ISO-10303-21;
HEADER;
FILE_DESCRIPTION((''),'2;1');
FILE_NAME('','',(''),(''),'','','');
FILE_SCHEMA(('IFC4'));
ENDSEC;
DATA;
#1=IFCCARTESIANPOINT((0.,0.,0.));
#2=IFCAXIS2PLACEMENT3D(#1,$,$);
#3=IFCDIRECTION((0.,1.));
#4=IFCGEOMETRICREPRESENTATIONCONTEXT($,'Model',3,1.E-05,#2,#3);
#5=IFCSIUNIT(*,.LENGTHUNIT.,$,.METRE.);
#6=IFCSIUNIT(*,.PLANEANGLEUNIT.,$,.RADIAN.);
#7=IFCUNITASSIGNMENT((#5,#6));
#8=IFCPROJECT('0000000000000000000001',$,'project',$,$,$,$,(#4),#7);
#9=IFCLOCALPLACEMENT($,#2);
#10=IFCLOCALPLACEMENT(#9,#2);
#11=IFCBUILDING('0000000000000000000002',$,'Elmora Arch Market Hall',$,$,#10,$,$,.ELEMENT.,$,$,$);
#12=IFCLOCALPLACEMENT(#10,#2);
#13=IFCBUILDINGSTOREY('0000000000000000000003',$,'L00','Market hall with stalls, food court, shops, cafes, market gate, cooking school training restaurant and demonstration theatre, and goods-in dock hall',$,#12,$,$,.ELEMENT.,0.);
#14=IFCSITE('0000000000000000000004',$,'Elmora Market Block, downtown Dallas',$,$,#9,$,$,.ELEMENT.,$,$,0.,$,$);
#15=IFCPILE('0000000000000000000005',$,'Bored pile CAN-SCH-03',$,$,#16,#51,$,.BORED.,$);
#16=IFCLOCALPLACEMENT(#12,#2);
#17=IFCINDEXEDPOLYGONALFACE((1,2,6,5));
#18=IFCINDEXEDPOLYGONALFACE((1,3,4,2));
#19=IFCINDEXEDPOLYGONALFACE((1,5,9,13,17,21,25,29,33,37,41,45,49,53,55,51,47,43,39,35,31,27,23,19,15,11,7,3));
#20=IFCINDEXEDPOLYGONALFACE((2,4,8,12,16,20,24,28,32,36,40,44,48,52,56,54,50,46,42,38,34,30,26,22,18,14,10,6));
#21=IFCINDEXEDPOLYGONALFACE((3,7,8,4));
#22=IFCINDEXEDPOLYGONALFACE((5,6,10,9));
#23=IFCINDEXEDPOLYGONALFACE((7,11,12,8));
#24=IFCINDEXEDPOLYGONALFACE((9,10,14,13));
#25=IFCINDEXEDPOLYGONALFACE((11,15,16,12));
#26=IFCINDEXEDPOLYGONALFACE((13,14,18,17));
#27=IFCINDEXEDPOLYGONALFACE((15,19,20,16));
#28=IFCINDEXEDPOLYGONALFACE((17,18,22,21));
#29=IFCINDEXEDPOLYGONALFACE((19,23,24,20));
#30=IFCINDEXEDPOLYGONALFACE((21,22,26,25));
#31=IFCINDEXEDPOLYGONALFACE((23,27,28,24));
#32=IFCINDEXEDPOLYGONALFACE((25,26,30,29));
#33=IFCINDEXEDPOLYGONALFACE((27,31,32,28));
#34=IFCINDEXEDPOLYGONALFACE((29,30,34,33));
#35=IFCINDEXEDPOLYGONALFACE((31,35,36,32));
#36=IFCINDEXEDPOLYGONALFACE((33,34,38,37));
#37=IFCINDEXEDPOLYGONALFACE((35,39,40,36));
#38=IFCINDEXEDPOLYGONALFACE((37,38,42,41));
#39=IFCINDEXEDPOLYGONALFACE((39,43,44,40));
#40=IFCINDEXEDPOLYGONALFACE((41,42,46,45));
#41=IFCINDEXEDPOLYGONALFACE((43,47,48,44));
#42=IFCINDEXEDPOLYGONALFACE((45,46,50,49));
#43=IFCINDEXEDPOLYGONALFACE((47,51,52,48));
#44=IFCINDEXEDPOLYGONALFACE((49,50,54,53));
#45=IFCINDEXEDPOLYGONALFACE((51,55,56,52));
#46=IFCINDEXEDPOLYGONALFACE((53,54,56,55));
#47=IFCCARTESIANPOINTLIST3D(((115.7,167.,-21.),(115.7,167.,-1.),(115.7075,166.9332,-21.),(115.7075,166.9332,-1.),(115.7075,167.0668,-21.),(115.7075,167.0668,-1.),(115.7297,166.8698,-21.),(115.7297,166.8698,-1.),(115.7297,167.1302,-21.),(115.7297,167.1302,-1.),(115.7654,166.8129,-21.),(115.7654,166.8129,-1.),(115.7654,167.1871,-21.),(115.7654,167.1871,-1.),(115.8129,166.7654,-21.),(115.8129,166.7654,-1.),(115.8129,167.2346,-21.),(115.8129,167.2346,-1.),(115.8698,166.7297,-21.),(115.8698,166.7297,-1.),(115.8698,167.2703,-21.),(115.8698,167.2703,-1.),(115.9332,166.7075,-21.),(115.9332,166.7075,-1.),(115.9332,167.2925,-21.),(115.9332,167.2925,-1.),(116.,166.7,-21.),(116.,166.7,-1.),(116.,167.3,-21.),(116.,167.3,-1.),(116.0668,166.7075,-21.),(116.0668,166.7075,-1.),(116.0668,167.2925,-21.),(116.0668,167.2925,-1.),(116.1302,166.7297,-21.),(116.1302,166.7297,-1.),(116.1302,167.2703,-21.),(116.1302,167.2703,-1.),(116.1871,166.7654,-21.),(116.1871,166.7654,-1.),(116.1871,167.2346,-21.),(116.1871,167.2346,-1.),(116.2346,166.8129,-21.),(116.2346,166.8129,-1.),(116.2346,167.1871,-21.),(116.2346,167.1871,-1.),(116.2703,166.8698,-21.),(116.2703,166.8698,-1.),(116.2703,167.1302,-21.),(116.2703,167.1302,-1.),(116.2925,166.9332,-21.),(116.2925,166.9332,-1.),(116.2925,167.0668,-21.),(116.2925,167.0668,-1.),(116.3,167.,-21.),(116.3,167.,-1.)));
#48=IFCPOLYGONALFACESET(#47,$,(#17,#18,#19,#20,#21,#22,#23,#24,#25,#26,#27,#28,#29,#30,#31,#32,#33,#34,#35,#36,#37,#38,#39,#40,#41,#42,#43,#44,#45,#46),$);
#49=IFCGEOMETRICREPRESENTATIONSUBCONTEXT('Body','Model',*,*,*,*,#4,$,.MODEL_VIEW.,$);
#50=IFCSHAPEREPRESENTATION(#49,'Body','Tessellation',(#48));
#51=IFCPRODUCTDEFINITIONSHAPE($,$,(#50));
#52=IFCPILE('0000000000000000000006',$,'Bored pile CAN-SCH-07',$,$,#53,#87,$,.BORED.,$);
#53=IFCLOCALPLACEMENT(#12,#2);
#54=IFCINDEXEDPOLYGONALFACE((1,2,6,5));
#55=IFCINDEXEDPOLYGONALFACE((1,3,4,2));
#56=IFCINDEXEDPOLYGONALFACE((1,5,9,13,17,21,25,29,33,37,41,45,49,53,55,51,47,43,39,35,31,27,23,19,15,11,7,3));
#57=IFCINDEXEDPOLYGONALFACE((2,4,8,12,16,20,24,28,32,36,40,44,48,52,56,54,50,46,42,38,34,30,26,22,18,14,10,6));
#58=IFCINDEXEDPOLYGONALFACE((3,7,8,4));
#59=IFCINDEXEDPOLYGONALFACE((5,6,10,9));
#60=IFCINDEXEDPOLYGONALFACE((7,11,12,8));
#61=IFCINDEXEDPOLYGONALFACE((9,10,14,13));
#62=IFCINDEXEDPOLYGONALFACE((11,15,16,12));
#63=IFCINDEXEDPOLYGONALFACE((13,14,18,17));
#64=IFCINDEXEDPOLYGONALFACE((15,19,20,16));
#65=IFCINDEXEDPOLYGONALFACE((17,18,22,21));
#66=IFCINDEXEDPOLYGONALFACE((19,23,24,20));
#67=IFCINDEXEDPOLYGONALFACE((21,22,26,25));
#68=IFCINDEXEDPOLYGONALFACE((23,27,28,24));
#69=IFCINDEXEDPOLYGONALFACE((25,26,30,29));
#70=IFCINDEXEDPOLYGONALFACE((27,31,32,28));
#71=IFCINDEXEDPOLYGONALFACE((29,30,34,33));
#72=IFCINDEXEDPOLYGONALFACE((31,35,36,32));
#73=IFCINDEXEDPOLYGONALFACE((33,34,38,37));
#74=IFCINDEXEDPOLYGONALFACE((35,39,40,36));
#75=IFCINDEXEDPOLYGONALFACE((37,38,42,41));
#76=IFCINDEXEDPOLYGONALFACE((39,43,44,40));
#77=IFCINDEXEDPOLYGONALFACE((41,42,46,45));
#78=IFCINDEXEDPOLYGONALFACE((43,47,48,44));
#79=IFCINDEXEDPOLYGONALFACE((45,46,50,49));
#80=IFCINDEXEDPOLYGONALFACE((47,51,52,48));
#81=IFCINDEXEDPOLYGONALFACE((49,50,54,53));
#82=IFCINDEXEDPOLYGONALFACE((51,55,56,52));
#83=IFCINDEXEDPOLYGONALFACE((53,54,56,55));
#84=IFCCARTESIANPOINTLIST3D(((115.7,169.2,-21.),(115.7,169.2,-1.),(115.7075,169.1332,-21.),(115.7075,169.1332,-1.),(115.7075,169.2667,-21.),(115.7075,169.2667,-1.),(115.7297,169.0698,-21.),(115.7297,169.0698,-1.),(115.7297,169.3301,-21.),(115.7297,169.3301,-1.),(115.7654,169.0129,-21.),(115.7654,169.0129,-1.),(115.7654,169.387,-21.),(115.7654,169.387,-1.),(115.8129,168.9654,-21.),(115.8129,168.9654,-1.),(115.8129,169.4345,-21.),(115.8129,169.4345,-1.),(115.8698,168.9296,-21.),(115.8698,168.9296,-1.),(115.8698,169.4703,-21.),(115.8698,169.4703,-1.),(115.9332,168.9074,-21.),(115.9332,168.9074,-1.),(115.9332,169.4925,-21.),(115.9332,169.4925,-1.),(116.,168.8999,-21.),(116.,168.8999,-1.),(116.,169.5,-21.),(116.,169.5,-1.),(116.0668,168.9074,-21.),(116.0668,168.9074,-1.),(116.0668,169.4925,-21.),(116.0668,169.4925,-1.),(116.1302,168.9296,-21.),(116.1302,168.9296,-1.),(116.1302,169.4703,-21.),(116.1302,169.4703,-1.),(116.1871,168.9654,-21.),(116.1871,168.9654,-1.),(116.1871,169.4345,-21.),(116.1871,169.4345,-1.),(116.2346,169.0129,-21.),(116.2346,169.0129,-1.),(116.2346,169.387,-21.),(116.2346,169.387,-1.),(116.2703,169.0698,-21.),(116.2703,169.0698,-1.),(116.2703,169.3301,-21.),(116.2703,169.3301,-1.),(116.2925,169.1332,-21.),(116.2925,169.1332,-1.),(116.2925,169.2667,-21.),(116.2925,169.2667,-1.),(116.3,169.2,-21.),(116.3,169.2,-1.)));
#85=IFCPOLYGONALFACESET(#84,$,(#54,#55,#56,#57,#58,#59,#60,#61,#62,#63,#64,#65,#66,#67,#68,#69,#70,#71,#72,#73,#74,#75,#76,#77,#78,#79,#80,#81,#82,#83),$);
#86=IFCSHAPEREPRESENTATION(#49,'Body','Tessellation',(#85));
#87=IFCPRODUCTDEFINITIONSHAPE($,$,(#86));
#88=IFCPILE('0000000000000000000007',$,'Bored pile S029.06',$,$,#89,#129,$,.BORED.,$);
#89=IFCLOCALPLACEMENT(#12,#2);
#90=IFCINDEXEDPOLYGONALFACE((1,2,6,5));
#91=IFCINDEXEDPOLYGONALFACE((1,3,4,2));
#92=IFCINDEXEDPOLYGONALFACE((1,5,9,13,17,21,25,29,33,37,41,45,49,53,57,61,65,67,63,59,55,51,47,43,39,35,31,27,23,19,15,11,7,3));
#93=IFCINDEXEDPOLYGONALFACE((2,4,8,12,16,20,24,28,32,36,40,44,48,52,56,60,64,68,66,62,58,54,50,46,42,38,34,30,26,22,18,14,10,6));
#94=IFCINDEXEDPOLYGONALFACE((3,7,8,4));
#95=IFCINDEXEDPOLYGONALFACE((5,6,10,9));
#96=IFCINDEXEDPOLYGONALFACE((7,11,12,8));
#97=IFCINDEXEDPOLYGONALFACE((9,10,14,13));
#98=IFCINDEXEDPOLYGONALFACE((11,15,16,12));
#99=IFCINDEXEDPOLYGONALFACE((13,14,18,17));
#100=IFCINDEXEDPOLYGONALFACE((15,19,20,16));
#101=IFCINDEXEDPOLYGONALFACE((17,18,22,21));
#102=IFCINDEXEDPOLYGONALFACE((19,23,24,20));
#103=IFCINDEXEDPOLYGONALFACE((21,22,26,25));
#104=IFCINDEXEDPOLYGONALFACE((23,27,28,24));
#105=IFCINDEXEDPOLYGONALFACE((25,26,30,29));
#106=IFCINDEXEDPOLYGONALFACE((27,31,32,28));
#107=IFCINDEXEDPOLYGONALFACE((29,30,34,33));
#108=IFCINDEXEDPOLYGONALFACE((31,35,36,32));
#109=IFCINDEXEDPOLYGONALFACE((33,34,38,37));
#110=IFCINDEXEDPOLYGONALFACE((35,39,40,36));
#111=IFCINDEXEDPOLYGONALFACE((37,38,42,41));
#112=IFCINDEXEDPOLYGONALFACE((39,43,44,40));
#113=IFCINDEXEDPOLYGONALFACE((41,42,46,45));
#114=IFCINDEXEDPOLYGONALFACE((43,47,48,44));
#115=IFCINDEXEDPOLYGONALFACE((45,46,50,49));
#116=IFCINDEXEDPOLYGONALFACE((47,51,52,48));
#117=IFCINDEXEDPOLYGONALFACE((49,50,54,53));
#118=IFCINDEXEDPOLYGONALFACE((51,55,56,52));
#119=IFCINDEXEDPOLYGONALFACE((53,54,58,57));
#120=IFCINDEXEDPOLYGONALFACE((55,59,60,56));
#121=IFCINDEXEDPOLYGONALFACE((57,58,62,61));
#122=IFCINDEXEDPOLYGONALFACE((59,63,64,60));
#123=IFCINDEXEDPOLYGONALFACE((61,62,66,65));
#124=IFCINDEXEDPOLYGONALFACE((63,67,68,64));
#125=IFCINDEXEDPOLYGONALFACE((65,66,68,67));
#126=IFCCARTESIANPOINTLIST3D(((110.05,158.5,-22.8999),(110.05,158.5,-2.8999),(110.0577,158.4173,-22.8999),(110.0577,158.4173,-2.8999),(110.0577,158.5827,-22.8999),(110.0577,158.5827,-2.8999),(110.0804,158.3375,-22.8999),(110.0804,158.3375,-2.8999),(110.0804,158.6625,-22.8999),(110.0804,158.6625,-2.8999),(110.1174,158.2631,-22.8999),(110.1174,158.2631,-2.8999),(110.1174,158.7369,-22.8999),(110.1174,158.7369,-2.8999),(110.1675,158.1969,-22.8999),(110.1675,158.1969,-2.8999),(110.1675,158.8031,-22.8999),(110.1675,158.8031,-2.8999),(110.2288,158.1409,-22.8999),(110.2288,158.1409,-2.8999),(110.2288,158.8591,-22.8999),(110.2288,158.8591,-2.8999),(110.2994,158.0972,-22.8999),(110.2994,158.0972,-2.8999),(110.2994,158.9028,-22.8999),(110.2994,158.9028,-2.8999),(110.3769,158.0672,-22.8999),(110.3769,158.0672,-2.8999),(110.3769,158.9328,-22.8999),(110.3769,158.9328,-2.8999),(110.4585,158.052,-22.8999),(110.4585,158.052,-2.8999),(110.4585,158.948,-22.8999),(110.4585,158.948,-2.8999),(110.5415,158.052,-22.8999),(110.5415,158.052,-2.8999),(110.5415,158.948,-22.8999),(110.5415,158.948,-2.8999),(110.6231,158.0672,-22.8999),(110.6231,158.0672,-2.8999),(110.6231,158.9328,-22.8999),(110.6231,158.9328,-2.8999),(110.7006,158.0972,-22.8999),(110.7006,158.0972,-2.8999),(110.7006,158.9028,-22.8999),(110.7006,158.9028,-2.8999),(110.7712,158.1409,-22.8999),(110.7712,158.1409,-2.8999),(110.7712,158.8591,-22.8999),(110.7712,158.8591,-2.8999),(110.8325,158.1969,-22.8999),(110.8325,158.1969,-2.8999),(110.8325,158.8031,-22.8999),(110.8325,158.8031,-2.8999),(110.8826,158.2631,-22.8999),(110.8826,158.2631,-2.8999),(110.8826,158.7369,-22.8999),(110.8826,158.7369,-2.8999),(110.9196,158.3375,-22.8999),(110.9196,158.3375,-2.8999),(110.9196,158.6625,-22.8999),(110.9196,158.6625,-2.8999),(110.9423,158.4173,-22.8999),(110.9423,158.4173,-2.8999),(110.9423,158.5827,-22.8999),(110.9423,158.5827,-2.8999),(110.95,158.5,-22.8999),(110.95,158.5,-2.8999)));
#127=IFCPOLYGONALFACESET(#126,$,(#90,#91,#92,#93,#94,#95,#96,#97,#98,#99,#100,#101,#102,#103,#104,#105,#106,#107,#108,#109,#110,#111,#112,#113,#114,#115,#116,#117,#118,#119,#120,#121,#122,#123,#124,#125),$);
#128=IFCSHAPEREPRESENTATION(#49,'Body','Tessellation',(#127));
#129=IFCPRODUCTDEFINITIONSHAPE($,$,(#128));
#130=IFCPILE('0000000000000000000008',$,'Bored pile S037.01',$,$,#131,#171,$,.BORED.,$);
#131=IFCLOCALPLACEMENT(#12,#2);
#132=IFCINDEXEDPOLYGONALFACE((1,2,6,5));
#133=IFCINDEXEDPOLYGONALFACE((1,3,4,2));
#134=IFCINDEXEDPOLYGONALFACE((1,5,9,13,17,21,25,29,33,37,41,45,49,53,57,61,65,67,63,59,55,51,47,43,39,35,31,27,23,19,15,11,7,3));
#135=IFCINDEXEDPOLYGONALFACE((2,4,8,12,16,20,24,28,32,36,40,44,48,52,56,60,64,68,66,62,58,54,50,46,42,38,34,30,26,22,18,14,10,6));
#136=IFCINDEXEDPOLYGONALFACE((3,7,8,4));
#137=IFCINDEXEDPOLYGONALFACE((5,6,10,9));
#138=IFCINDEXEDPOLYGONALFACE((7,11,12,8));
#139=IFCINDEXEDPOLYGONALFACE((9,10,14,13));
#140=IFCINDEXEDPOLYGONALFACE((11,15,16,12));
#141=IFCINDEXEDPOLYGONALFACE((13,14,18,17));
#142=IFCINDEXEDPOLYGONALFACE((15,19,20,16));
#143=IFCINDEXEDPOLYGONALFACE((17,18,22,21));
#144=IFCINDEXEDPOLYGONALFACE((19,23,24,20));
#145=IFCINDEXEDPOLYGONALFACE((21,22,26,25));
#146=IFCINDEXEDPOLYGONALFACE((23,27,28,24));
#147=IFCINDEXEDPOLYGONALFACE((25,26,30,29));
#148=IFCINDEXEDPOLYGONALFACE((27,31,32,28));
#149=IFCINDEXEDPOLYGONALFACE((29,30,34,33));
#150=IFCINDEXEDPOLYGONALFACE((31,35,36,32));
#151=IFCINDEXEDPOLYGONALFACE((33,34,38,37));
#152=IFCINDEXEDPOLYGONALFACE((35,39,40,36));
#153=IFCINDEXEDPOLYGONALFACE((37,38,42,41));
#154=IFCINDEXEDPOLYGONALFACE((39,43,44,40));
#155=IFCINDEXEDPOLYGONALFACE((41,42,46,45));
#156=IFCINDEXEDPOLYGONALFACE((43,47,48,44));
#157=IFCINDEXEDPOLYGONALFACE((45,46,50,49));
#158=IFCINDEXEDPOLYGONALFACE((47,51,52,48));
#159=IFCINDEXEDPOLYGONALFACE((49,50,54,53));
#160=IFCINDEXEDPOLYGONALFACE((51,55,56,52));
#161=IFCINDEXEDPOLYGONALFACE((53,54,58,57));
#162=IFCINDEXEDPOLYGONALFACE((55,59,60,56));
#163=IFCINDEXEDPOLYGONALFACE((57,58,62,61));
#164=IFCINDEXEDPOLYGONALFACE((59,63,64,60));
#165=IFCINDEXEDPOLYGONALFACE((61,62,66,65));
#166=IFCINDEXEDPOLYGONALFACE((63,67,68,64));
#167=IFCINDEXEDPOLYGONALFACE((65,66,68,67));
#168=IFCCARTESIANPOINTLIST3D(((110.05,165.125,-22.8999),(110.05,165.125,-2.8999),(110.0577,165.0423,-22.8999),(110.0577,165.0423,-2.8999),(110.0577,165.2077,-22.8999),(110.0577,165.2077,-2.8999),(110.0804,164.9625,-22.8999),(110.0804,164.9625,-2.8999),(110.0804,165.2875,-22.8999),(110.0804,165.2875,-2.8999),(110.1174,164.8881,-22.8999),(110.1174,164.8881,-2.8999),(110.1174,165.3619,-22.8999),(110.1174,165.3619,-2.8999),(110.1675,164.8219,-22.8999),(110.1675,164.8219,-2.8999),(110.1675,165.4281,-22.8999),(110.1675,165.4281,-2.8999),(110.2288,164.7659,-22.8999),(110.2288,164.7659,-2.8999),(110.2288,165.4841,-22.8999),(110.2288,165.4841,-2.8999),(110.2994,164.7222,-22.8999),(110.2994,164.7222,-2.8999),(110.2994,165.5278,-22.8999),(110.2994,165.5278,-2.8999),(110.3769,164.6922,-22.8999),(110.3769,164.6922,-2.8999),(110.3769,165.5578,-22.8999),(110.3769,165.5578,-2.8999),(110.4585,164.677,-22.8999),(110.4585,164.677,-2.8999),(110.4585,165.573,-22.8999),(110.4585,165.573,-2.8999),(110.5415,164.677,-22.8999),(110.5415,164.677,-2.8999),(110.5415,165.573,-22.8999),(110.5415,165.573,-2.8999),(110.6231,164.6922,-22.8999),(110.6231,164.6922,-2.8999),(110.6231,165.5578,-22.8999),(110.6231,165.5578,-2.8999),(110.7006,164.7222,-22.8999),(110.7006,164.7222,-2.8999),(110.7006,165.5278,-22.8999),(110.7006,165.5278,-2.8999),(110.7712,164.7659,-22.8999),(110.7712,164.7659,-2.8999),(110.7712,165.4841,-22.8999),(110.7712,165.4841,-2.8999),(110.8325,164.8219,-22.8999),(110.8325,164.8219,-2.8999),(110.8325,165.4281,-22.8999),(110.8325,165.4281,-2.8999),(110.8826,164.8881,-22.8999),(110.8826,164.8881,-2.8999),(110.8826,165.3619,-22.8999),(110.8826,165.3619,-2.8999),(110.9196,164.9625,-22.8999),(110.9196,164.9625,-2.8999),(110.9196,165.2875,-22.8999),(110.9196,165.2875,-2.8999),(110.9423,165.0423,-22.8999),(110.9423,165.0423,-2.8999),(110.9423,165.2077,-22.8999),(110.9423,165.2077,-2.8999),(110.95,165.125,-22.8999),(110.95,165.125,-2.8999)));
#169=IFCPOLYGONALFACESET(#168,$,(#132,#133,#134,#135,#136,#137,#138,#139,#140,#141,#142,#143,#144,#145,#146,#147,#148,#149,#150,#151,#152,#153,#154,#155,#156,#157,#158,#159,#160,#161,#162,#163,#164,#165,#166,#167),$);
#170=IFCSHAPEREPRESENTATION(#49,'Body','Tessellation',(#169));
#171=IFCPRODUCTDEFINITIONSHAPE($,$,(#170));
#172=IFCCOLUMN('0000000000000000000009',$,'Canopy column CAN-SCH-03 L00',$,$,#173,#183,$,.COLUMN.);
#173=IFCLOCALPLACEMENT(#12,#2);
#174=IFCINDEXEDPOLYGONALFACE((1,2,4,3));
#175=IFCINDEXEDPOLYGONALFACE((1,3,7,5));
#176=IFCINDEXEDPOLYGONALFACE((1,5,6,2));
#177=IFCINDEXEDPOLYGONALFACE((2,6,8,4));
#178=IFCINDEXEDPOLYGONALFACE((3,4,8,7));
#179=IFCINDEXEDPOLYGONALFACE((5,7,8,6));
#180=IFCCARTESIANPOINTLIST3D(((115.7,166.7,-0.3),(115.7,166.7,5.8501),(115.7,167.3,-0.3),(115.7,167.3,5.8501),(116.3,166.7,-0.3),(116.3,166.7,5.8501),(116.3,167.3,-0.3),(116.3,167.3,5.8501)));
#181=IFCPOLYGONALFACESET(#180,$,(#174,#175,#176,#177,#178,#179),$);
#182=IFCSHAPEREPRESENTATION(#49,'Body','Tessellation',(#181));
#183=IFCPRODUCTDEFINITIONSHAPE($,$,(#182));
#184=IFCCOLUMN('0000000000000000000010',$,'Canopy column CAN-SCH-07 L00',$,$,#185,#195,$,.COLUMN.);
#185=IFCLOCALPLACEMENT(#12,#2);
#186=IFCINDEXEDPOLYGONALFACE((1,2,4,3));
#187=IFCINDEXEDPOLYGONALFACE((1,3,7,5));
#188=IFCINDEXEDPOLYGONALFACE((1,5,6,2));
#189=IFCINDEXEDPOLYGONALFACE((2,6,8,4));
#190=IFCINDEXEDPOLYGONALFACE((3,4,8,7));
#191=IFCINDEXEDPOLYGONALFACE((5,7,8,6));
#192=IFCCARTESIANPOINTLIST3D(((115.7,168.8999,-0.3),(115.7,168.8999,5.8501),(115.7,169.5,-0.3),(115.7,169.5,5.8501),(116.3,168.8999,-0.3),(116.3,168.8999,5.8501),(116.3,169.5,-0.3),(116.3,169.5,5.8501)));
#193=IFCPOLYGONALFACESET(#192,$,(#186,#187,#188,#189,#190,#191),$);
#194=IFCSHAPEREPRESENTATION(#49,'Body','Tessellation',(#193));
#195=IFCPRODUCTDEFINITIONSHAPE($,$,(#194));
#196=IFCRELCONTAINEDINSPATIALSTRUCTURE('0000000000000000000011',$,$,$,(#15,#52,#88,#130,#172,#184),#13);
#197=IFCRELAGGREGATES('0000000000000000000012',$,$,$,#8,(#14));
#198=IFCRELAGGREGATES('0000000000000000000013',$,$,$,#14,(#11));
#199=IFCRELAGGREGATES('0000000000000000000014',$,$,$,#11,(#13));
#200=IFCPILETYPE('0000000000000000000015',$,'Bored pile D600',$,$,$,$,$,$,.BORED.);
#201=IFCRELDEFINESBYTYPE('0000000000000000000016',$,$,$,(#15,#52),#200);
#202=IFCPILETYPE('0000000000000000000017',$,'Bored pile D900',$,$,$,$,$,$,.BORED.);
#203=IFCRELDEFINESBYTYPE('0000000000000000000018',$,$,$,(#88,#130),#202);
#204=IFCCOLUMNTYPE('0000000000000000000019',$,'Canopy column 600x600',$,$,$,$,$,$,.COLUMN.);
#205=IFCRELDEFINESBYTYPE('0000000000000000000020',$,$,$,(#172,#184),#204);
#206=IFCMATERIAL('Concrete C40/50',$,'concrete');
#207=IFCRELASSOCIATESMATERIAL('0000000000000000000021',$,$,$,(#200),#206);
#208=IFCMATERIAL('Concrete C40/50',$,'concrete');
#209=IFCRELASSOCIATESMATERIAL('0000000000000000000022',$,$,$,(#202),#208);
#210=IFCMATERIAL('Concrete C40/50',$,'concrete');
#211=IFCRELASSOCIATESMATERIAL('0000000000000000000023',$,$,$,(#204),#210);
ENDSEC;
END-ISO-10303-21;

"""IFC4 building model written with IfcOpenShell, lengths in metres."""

from ifc_helpers import new_model, si_unit, direction, frame, origin, origin_2d, place, context, subcontext, project, spatial, rectangle, circle, extrude, material, material_profile, profile_set, type_object, element, save


model = new_model("IFC4")

# Units and contexts
model_context = context("Model", 3, precision=1e-05, world=origin(), true_north=direction((0.0, 1.0)))
body_context = subcontext(model_context, "Body", "Model", "MODEL_VIEW")
ifc_project = project(units=[si_unit("LENGTHUNIT", "METRE"), si_unit("PLANEANGLEUNIT", "RADIAN")], contexts=[model_context])

# Site, building, storey
site_placement = place(None, origin())
site = spatial("IfcSite", under=ifc_project, at=site_placement, Name="Elmora Market Block, downtown Dallas", CompositionType="ELEMENT", RefElevation=0.0)
building_placement = place(site_placement, origin())
building = spatial("IfcBuilding", under=site, at=building_placement, Name="Elmora Arch Market Hall", CompositionType="ELEMENT")
storey_placement = place(building_placement, origin())
storey = spatial("IfcBuildingStorey", under=building, at=storey_placement, Name="L00", Description="Market hall with stalls, food court, shops, cafes, market gate, cooking school training restaurant and demonstration theatre, and goods-in dock hall", CompositionType="ELEMENT", Elevation=0.0)

# Piles
ifc_material_1 = material(Name="Concrete C40/50", Category="concrete")
ifc_material_profile_1 = material_profile(ifc_material_1, circle(Radius=0.3, at=origin_2d()), Name="Bored pile D600")
ifc_profile_set_1 = profile_set([ifc_material_profile_1], Name="Concrete C40/50")
pile_type_1 = type_object("IfcPileType", Name="Bored pile D600", PredefinedType="BORED", material=ifc_profile_set_1)
for number, where, z_axis, x_axis, name in (
    (1, (116.0, 167.0, -1.0), (0.0, 0.0, -1.0), (1.0, 0.0, 0.0), "Bored pile CAN-SCH-03"),
    (2, (116.0, 169.2, -1.0), (0.0, 0.0, -1.0), (1.0, 0.0, 0.0), "Bored pile CAN-SCH-07"),
):
    element("IfcPile", number, at=place(storey_placement, frame(where, z_axis=z_axis, x_axis=x_axis)), inside=storey, type_object=pile_type_1, Name=name, PredefinedType="BORED", context=body_context, shape_type="SweptSolid", body=[
        extrude(circle(Radius=0.3, at=origin_2d()), origin(), (0.0, 0.0, 1.0), 20.0),
    ])
ifc_material_2 = material(Name="Concrete C40/50", Category="concrete")
ifc_material_profile_2 = material_profile(ifc_material_2, circle(Radius=0.45, at=origin_2d()), Name="Bored pile D900")
ifc_profile_set_2 = profile_set([ifc_material_profile_2], Name="Concrete C40/50")
pile_type_2 = type_object("IfcPileType", Name="Bored pile D900", PredefinedType="BORED", material=ifc_profile_set_2)
for number, where, z_axis, x_axis, name in (
    (3, (110.5, 158.5, -2.8999), (0.0, 0.0, -1.0), (1.0, 0.0, 0.0), "Bored pile S029.06"),
    (4, (110.5, 165.125, -2.8999), (0.0, 0.0, -1.0), (1.0, 0.0, 0.0), "Bored pile S037.01"),
):
    element("IfcPile", number, at=place(storey_placement, frame(where, z_axis=z_axis, x_axis=x_axis)), inside=storey, type_object=pile_type_2, Name=name, PredefinedType="BORED", context=body_context, shape_type="SweptSolid", body=[
        extrude(circle(Radius=0.45, at=origin_2d()), origin(), (0.0, 0.0, 1.0), 20.0),
    ])

# Columns
ifc_material_3 = material(Name="Concrete C40/50", Category="concrete")
ifc_material_profile_3 = material_profile(ifc_material_3, rectangle(XDim=0.6001, YDim=0.6001, at=origin_2d()), Name="Canopy column 600x600")
ifc_profile_set_3 = profile_set([ifc_material_profile_3], Name="Concrete C40/50")
column_type_1 = type_object("IfcColumnType", Name="Canopy column 600x600", PredefinedType="COLUMN", material=ifc_profile_set_3)
for number, where, z_axis, x_axis, name in (
    (5, (116.0, 167.0, -0.3), (0.0, 0.0, 1.0), (1.0, 0.0, 0.0), "Canopy column CAN-SCH-03 L00"),
    (6, (116.0, 169.2, -0.3), (0.0, 0.0, 1.0), (1.0, 0.0, 0.0), "Canopy column CAN-SCH-07 L00"),
):
    element("IfcColumn", number, at=place(storey_placement, frame(where, z_axis=z_axis, x_axis=x_axis)), inside=storey, type_object=column_type_1, Name=name, PredefinedType="COLUMN", context=body_context, shape_type="SweptSolid", body=[
        extrude(rectangle(XDim=0.6001, YDim=0.6001, at=origin_2d()), origin(), (0.0, 0.0, 1.0), 6.1501),
    ])

save(model, "model.ifc")
